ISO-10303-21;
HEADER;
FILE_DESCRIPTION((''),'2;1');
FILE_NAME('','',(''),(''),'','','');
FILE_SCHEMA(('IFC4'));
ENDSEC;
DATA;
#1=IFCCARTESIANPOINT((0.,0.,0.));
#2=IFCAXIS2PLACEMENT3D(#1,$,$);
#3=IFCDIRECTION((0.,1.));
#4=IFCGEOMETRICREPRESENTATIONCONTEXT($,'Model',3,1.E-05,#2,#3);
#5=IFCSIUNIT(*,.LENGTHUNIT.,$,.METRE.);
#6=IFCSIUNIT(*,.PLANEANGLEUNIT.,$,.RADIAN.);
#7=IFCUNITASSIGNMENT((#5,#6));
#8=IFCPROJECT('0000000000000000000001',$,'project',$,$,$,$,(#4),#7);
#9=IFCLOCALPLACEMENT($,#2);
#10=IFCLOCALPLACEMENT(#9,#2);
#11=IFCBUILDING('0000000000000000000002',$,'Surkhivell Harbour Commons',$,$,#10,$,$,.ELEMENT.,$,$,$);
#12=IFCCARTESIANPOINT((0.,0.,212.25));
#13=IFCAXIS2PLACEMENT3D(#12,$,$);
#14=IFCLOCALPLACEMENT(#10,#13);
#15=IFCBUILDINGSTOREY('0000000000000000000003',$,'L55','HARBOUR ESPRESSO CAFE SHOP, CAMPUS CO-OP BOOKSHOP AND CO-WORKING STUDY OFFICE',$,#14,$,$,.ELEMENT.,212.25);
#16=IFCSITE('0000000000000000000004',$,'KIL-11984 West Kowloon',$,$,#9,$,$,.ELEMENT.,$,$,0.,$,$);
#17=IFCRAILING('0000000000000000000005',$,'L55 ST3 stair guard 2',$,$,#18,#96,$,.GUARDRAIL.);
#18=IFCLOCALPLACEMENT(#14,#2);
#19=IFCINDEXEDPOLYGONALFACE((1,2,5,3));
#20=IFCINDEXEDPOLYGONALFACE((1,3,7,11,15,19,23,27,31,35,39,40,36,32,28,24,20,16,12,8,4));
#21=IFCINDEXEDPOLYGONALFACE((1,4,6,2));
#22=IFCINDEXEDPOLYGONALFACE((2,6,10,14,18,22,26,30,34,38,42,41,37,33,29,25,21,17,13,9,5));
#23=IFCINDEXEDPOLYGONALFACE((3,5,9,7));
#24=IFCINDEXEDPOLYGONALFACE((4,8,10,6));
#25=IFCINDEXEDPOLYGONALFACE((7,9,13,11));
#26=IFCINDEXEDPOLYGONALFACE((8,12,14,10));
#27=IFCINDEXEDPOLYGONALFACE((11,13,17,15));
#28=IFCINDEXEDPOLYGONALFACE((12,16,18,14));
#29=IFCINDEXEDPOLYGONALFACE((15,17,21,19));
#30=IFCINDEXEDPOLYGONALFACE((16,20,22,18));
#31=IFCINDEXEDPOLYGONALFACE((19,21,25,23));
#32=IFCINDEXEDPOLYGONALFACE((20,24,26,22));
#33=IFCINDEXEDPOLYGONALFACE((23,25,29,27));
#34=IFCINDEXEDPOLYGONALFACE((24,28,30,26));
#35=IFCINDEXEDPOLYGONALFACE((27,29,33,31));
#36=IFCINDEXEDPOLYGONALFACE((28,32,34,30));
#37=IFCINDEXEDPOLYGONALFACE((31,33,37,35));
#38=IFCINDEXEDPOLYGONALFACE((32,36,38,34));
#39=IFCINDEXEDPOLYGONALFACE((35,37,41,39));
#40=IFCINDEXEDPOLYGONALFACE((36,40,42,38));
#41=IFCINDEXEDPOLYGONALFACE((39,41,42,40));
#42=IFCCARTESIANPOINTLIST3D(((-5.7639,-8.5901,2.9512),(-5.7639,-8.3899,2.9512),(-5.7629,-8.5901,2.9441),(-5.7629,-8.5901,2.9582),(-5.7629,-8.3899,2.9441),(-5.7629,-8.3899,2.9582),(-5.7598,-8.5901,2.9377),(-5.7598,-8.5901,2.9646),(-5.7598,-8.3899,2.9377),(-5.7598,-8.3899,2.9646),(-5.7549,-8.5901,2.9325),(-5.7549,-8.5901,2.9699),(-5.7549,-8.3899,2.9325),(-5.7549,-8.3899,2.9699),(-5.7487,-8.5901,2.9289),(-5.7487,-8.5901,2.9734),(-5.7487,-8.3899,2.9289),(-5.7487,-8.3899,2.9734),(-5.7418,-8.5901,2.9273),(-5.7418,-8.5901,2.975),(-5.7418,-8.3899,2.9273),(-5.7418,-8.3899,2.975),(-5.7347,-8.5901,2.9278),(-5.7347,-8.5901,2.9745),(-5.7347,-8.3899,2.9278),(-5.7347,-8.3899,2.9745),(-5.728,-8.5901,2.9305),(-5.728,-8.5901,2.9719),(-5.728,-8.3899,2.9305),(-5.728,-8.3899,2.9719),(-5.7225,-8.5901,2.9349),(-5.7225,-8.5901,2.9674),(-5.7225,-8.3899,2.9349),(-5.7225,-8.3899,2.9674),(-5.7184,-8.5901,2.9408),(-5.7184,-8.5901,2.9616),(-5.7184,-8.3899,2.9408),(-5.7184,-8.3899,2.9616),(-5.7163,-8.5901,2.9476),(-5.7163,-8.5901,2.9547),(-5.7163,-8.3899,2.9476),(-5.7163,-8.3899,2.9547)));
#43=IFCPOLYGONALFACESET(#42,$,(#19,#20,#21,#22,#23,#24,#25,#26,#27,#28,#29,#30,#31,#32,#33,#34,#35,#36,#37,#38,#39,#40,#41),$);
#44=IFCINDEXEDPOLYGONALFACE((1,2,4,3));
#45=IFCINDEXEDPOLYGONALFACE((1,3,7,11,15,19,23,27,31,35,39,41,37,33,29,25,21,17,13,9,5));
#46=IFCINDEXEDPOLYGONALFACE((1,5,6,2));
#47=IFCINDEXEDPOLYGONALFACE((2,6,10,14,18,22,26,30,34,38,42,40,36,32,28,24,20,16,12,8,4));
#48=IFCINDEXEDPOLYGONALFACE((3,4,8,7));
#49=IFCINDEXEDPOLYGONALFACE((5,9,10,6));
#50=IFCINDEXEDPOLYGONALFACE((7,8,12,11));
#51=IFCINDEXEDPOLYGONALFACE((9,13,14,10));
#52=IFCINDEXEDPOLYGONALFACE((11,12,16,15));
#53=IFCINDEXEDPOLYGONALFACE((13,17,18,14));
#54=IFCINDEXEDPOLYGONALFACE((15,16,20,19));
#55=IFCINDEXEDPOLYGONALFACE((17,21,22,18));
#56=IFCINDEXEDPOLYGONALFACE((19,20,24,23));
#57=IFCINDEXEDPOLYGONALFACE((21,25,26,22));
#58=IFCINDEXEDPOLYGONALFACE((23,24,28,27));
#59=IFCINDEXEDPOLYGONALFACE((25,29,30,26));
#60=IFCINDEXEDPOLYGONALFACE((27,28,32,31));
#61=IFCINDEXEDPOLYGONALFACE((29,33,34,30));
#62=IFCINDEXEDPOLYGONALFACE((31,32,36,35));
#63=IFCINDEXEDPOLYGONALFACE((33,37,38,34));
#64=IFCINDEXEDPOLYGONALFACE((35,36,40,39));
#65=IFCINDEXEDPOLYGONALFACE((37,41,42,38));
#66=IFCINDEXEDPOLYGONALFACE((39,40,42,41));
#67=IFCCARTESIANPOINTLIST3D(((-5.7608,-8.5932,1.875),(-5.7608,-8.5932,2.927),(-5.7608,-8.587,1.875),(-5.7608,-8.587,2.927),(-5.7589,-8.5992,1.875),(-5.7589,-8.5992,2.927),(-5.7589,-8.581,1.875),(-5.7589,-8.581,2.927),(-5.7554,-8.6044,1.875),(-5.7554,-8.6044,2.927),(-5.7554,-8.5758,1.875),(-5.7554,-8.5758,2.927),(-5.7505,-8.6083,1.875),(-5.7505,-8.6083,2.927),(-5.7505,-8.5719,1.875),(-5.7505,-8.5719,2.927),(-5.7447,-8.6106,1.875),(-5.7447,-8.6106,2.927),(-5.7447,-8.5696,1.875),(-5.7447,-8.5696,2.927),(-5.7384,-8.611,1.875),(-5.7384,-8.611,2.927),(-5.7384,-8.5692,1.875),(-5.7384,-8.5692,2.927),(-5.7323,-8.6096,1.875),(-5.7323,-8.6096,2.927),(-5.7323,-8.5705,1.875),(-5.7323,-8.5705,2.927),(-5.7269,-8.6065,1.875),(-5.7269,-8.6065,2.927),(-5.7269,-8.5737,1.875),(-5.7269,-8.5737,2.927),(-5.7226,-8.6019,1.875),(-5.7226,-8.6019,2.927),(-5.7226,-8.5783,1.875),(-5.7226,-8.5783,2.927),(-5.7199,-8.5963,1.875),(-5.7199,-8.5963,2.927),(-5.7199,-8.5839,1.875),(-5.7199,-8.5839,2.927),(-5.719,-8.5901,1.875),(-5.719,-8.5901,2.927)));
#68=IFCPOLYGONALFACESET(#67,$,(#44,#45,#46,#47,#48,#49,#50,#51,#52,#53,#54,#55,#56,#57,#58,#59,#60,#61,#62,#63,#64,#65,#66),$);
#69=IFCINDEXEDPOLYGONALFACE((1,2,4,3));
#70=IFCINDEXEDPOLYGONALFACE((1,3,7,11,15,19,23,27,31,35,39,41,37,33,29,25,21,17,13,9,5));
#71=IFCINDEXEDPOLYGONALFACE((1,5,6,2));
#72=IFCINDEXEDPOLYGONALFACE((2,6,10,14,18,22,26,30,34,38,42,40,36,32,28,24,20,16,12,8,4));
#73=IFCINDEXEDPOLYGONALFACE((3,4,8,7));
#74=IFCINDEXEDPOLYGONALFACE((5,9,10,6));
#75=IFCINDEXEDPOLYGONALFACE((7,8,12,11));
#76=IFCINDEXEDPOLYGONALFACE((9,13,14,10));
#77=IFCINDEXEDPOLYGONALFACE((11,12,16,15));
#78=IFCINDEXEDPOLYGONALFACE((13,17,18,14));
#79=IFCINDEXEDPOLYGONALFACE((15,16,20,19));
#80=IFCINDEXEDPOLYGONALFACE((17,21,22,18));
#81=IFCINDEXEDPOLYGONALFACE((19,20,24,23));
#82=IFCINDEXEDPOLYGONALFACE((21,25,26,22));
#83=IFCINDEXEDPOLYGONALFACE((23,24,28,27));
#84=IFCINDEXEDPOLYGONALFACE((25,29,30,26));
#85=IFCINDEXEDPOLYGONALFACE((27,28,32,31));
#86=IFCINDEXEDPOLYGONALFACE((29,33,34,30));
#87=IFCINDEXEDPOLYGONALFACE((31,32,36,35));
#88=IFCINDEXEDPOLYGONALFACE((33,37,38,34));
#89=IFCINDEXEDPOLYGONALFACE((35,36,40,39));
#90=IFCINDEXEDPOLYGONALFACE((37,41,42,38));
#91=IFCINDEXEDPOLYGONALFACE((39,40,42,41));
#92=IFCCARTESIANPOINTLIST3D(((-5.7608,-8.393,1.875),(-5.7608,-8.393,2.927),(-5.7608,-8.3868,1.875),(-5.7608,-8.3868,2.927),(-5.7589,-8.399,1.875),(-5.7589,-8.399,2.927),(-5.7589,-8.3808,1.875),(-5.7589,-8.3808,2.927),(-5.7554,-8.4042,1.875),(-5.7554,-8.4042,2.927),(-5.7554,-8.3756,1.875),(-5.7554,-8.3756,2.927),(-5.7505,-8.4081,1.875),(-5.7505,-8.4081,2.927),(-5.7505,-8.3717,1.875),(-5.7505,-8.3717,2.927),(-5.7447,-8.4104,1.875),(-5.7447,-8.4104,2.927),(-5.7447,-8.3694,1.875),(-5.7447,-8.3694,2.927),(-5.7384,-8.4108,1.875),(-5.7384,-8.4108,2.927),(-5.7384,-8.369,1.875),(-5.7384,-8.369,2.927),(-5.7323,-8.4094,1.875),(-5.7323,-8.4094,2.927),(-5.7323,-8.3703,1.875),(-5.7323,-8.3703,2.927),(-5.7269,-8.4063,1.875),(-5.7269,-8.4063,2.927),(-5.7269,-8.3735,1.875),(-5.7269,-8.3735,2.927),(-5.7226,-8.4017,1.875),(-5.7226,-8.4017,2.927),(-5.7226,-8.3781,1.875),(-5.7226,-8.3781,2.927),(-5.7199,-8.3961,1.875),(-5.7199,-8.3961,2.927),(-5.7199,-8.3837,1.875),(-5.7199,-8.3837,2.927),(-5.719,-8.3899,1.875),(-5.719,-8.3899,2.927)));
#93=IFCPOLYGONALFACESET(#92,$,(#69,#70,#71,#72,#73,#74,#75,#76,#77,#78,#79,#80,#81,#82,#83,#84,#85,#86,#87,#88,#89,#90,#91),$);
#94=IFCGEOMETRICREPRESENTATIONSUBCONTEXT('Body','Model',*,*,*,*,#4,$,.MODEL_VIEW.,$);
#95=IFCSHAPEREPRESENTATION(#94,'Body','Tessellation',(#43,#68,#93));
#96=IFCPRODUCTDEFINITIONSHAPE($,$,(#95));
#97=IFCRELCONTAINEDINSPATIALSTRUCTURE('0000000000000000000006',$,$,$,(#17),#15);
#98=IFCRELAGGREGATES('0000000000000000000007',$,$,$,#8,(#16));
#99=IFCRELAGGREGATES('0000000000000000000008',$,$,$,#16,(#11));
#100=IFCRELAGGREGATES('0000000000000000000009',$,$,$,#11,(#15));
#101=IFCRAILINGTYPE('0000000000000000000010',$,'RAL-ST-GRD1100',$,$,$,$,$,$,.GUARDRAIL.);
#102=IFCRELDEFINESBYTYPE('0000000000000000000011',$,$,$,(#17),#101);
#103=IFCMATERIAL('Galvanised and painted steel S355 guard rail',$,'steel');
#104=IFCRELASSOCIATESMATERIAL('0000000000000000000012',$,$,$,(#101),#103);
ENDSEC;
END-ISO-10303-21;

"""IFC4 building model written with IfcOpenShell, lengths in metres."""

from ifc_helpers import new_model, si_unit, direction, frame, origin, origin_2d, place, context, subcontext, project, spatial, circle, extrude, material, type_object, element, save


model = new_model("IFC4")

# Units and contexts
model_context = context("Model", 3, precision=1e-05, world=origin(), true_north=direction((0.0, 1.0)))
body_context = subcontext(model_context, "Body", "Model", "MODEL_VIEW")
ifc_project = project(units=[si_unit("LENGTHUNIT", "METRE"), si_unit("PLANEANGLEUNIT", "RADIAN")], contexts=[model_context])

# Site, building, storey
site_placement = place(None, origin())
site = spatial("IfcSite", under=ifc_project, at=site_placement, Name="KIL-11984 West Kowloon", CompositionType="ELEMENT", RefElevation=0.0)
building_placement = place(site_placement, origin())
building = spatial("IfcBuilding", under=site, at=building_placement, Name="Surkhivell Harbour Commons", CompositionType="ELEMENT")
storey_placement = place(building_placement, frame((0.0, 0.0, 212.25)))
storey = spatial("IfcBuildingStorey", under=building, at=storey_placement, Name="L55", Description="HARBOUR ESPRESSO CAFE SHOP, CAMPUS CO-OP BOOKSHOP AND CO-WORKING STUDY OFFICE", CompositionType="ELEMENT", Elevation=212.25)

# Railing
ifc_material_1 = material(Name="Galvanised and painted steel S355 guard rail", Category="steel")
railing_type_1 = type_object("IfcRailingType", Name="RAL-ST-GRD1100", PredefinedType="GUARDRAIL", material=ifc_material_1)
railing_1_placement = place(storey_placement, frame((-5.74, -8.5901, 1.875)))
element("IfcRailing", 1, at=railing_1_placement, inside=storey, type_object=railing_type_1, Name="L55 ST3 stair guard 2", PredefinedType="GUARDRAIL", context=body_context, shape_type="SweptSolid", body=[
    extrude(circle(Radius=0.0239, at=origin_2d()), frame((0.0, 0.0, 1.0762), z_axis=(0.0, 1.0, 0.0), x_axis=(-1.0, 0.0, 0.0)), (0.0, 0.0, 1.0), 0.2002),
    extrude(circle(Radius=0.021, at=origin_2d()), origin(), (0.0, 0.0, 1.0), 1.052),
    extrude(circle(Radius=0.021, at=origin_2d()), frame((0.0, 0.2002, 0.0)), (0.0, 0.0, 1.0), 1.052),
])

save(model, "model.ifc")
